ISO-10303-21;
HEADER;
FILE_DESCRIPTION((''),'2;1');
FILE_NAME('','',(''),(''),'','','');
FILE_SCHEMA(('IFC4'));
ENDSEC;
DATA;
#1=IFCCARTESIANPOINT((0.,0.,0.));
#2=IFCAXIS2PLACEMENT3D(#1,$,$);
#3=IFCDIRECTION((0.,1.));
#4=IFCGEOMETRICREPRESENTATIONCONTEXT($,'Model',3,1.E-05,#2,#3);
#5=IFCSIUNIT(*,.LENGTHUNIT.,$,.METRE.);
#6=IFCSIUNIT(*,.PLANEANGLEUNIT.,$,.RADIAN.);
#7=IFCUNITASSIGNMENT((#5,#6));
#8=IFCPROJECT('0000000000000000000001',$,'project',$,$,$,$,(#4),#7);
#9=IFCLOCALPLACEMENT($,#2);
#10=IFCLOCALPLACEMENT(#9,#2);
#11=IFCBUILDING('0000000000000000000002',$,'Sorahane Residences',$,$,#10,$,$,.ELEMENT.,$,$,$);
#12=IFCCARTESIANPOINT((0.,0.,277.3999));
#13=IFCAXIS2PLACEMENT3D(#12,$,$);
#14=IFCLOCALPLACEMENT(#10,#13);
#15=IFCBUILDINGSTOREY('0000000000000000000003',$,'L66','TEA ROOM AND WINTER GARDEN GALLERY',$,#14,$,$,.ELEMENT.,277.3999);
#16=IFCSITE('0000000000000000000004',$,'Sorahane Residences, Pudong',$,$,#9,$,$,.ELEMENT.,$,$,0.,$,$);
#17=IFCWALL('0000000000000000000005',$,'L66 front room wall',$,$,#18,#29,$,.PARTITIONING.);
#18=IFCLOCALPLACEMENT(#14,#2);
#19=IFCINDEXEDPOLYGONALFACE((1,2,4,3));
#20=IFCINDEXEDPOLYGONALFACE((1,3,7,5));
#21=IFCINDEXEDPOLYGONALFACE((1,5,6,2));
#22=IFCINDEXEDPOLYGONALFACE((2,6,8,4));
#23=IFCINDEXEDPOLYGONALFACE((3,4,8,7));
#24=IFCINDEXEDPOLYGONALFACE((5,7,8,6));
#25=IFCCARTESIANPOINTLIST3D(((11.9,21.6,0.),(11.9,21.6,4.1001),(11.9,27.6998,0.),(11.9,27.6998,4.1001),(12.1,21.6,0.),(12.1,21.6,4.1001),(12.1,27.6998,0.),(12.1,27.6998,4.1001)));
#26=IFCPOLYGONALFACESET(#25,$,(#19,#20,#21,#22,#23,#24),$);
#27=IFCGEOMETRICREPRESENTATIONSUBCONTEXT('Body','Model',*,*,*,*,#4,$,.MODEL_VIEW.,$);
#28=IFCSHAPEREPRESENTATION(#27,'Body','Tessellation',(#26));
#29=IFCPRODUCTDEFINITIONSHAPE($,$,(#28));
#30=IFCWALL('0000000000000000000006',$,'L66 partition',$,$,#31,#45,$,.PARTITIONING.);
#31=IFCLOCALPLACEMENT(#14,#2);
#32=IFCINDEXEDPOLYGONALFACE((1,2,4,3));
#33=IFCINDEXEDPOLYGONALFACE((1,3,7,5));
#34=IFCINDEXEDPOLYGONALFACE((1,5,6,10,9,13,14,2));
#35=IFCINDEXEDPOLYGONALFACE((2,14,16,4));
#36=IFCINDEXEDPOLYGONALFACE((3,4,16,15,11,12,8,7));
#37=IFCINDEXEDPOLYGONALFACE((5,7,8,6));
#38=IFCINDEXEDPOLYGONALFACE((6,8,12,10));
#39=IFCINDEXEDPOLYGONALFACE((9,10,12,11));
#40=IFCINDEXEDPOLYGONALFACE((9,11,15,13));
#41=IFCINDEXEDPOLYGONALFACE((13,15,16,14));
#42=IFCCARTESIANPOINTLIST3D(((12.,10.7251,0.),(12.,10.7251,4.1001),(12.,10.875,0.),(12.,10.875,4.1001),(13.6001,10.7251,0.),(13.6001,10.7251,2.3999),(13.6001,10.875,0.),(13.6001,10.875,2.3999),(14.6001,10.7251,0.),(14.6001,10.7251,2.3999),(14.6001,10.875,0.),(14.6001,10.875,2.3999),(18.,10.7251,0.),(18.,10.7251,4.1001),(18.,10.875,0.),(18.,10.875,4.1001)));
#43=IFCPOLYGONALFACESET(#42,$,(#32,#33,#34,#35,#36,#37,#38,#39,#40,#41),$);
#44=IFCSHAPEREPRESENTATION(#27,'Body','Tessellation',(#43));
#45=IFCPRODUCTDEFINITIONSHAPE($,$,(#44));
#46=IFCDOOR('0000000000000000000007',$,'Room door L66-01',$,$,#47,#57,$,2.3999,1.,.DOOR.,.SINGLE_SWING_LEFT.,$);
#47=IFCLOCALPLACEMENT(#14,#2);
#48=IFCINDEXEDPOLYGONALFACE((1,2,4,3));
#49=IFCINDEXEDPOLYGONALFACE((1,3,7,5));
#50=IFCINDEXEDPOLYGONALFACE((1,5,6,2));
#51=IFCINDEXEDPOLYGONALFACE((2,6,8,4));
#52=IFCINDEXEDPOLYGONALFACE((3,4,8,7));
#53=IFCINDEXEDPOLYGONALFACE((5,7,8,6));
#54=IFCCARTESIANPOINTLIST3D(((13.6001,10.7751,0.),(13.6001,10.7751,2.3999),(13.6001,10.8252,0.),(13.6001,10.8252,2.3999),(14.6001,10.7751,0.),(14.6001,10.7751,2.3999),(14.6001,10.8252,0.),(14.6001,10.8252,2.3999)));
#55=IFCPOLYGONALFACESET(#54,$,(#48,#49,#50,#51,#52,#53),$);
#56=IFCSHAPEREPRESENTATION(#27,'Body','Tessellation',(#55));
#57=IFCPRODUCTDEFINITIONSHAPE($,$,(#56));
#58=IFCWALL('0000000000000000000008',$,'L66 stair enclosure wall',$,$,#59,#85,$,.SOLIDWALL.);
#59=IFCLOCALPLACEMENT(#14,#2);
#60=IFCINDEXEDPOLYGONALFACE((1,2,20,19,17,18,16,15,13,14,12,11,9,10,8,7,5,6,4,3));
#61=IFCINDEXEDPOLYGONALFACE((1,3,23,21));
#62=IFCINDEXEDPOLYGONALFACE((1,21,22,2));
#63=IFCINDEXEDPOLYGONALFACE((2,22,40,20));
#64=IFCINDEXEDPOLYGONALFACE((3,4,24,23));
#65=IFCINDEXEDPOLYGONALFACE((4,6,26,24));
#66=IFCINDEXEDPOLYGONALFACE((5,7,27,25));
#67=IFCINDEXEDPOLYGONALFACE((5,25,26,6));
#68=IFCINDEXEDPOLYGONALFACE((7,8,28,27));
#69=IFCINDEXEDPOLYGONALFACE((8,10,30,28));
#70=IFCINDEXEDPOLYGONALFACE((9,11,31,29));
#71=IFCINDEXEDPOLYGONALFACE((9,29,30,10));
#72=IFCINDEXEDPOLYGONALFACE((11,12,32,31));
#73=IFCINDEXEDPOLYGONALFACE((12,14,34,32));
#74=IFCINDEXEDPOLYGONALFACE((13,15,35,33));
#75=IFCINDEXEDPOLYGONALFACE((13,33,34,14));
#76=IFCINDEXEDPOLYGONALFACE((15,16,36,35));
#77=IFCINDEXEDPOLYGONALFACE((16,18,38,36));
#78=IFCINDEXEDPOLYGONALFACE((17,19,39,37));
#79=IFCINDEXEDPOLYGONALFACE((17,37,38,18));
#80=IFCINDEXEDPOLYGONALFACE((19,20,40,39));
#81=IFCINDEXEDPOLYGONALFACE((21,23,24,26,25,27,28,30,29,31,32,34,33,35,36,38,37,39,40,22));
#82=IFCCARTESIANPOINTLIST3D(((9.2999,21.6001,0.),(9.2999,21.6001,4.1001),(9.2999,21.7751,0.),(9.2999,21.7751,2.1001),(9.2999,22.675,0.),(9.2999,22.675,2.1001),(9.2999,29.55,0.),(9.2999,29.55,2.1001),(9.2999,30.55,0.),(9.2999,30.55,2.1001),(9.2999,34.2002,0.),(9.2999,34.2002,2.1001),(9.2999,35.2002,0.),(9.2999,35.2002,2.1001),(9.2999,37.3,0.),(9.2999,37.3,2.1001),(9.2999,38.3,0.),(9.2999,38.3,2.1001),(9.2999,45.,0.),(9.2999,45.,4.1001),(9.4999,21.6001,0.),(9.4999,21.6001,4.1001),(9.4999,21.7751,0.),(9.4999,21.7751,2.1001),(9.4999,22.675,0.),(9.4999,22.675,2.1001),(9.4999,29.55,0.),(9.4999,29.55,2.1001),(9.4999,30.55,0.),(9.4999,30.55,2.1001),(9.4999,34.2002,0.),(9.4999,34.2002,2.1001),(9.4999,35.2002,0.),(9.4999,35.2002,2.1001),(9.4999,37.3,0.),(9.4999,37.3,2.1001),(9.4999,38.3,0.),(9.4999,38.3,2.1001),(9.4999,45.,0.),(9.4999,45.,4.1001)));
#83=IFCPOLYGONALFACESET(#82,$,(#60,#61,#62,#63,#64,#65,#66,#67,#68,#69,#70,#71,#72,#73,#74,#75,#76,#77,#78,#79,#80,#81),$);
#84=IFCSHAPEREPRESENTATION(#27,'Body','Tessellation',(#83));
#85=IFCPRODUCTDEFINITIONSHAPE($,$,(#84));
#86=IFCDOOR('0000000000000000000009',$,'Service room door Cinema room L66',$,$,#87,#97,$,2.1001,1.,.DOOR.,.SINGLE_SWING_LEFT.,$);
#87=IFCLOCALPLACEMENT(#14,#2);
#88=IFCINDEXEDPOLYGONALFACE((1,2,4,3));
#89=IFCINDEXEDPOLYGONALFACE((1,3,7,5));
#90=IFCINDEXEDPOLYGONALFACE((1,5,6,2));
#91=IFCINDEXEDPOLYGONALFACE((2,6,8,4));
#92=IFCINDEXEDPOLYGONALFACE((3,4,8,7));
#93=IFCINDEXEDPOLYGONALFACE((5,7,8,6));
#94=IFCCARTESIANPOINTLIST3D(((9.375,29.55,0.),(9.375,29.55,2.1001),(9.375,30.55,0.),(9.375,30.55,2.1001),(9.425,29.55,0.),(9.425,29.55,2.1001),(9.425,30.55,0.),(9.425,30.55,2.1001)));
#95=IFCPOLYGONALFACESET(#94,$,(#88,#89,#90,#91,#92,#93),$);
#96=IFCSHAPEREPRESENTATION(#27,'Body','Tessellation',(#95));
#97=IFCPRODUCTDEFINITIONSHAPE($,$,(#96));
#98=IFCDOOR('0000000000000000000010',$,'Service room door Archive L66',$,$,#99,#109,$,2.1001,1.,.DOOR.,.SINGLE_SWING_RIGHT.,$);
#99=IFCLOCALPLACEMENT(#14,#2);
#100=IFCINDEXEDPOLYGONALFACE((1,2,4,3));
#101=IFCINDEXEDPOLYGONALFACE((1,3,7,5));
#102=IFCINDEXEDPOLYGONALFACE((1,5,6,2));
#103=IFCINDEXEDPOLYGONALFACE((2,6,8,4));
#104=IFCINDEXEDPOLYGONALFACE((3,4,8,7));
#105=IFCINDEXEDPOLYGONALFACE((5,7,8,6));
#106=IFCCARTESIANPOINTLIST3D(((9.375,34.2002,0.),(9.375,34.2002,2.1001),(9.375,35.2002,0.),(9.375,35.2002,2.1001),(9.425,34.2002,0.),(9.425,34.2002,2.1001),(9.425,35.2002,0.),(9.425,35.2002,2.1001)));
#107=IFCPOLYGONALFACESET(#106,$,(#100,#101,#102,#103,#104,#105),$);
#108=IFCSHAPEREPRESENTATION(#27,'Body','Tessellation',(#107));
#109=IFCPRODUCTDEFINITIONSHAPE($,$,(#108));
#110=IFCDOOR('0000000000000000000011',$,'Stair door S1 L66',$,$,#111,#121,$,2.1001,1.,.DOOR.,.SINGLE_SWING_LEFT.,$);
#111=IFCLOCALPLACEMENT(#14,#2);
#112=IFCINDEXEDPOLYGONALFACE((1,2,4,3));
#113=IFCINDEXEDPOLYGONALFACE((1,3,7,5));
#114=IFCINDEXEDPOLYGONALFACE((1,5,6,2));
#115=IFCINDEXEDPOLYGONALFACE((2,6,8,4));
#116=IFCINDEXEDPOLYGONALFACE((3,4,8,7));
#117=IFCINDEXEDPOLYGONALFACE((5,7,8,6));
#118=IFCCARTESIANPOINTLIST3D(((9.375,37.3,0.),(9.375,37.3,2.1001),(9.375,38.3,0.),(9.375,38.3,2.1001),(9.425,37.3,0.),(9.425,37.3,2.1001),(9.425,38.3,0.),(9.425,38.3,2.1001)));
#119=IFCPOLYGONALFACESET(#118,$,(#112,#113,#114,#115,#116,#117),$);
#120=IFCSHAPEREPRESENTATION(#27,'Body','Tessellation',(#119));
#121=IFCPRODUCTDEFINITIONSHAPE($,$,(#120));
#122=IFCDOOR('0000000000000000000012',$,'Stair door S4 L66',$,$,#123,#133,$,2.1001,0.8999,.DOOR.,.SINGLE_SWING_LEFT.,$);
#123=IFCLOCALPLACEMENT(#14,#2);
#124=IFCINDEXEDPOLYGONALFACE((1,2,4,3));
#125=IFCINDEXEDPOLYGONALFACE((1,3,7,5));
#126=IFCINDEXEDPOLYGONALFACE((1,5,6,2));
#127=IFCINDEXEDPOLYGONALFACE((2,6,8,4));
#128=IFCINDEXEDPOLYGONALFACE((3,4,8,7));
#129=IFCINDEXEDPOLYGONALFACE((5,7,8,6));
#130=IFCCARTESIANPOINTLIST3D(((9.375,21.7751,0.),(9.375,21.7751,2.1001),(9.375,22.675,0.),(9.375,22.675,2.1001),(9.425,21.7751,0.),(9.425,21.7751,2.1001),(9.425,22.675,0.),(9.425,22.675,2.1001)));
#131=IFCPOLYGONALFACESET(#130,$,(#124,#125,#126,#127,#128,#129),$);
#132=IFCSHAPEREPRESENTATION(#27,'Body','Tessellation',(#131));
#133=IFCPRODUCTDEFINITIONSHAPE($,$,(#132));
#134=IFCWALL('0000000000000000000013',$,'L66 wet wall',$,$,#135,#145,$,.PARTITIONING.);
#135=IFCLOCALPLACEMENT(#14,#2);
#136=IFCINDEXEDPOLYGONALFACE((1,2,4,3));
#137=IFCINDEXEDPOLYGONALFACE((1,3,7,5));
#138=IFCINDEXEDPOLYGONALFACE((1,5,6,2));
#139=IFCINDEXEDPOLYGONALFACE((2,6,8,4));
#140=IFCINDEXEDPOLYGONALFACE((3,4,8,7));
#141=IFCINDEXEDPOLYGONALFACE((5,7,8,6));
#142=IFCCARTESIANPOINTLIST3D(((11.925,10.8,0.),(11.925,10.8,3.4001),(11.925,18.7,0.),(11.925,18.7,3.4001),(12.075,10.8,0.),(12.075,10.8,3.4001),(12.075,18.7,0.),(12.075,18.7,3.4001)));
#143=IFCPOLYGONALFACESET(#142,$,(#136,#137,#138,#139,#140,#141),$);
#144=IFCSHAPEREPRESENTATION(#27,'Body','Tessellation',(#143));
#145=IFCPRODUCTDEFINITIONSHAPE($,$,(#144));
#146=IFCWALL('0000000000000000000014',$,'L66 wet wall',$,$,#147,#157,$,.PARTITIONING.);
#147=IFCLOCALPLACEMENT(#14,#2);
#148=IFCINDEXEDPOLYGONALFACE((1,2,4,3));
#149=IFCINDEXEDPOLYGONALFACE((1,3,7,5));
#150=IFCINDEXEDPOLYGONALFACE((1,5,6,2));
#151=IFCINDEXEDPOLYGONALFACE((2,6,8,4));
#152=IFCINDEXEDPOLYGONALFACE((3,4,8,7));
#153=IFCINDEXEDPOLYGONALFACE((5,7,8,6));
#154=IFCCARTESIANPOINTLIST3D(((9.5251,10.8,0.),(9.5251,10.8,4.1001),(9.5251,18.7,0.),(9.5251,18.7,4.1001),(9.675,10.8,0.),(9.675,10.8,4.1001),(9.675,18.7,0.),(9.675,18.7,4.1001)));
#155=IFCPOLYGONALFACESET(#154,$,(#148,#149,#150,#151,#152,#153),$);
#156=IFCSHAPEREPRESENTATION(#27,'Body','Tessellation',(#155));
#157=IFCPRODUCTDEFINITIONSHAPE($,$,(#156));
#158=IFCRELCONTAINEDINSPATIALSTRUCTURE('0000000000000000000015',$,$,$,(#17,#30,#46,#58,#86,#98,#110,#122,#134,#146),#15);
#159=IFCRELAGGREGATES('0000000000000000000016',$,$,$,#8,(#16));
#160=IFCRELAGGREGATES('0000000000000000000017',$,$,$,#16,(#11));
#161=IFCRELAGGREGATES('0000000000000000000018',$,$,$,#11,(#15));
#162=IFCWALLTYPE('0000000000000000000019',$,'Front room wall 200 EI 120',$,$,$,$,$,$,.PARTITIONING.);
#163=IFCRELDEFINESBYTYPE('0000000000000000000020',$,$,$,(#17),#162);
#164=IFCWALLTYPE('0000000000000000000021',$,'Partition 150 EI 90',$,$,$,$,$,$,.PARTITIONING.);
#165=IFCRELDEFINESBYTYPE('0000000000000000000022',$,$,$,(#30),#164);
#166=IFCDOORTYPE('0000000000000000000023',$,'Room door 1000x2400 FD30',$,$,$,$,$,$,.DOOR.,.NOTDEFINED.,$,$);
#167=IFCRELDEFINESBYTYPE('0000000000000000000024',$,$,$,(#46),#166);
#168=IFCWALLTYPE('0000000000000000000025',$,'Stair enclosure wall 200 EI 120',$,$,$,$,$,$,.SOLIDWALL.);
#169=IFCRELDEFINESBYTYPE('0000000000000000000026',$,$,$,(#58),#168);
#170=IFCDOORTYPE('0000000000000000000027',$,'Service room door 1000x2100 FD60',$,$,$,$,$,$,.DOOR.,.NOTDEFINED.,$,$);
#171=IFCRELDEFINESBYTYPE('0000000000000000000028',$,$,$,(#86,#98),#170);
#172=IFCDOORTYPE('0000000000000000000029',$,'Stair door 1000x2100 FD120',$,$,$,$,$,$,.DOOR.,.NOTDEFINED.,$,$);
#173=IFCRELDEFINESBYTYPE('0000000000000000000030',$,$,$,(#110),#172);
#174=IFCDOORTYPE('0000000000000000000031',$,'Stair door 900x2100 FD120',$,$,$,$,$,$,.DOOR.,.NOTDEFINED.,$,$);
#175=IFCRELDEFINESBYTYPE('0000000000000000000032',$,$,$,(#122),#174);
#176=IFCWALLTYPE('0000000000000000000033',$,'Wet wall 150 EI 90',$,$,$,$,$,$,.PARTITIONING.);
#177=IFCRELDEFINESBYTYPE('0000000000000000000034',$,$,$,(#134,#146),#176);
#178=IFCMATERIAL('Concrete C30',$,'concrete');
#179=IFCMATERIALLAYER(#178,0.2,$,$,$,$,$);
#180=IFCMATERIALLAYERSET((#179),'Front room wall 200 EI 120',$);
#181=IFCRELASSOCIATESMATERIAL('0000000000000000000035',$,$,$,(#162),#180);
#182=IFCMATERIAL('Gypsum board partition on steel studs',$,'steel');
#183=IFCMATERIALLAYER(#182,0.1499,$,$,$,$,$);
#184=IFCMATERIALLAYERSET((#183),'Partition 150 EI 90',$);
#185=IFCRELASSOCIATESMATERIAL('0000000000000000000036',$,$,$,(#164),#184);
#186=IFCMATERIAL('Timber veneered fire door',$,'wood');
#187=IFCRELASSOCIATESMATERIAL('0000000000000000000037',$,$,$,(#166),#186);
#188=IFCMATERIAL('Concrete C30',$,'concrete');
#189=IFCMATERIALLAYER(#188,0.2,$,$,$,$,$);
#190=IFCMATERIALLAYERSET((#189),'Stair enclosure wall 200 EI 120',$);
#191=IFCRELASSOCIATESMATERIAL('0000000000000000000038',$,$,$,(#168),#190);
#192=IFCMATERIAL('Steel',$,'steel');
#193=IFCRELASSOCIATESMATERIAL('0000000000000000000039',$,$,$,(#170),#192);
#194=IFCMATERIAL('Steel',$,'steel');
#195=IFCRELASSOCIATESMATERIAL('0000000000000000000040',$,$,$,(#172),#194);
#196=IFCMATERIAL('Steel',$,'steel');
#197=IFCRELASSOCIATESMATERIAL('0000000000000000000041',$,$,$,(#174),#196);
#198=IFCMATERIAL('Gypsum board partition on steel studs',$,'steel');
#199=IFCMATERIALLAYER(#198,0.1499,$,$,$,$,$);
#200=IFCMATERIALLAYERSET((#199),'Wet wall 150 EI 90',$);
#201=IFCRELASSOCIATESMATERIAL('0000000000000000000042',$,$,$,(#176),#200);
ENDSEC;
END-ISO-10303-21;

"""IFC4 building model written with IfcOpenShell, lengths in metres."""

from ifc_helpers import new_model, si_unit, direction, frame, frame_2d, origin, place, context, subcontext, project, spatial, rectangle, extrude, material, layer, layer_set, type_object, element, fill, save


model = new_model("IFC4")

# Units and contexts
model_context = context("Model", 3, precision=1e-05, world=origin(), true_north=direction((0.0, 1.0)))
body_context = subcontext(model_context, "Body", "Model", "MODEL_VIEW")
ifc_project = project(units=[si_unit("LENGTHUNIT", "METRE"), si_unit("PLANEANGLEUNIT", "RADIAN")], contexts=[model_context])

# Site, building, storey
site_placement = place(None, origin())
site = spatial("IfcSite", under=ifc_project, at=site_placement, Name="Sorahane Residences, Pudong", CompositionType="ELEMENT", RefElevation=0.0)
building_placement = place(site_placement, origin())
building = spatial("IfcBuilding", under=site, at=building_placement, Name="Sorahane Residences", CompositionType="ELEMENT")
storey_placement = place(building_placement, frame((0.0, 0.0, 277.3999)))
storey = spatial("IfcBuildingStorey", under=building, at=storey_placement, Name="L66", Description="TEA ROOM AND WINTER GARDEN GALLERY", CompositionType="ELEMENT", Elevation=277.3999)

# Wall
ifc_material_1 = material(Name="Concrete C30", Category="concrete")
ifc_layer_1 = layer(ifc_material_1, 0.2)
ifc_layer_set_1 = layer_set([ifc_layer_1], Name="Front room wall 200 EI 120")
wall_type_1 = type_object("IfcWallType", Name="Front room wall 200 EI 120", PredefinedType="PARTITIONING", material=ifc_layer_set_1)
wall_1_placement = place(storey_placement, frame((12.0, 21.6001, 0.0), z_axis=(0.0, 0.0, 1.0), x_axis=(0.0, 1.0, 0.0)))
element("IfcWall", 1, at=wall_1_placement, inside=storey, type_object=wall_type_1, Name="L66 front room wall", PredefinedType="PARTITIONING", context=body_context, shape_type="SweptSolid", body=[
    extrude(rectangle(XDim=6.0999, YDim=0.2, at=frame_2d((3.0498, 0.0))), origin(), (0.0, 0.0, 1.0), 4.1001),
])

# Wall, opening, door
ifc_material_2 = material(Name="Gypsum board partition on steel studs", Category="steel")
ifc_layer_2 = layer(ifc_material_2, 0.1499)
ifc_layer_set_2 = layer_set([ifc_layer_2], Name="Partition 150 EI 90")
wall_type_2 = type_object("IfcWallType", Name="Partition 150 EI 90", PredefinedType="PARTITIONING", material=ifc_layer_set_2)
wall_2_placement = place(storey_placement, frame((12.0, 10.8, 0.0), z_axis=(0.0, 0.0, 1.0), x_axis=(1.0, 0.0, 0.0)))
wall_2 = element("IfcWall", 2, at=wall_2_placement, inside=storey, type_object=wall_type_2, Name="L66 partition", PredefinedType="PARTITIONING", context=body_context, shape_type="SweptSolid", body=[
    extrude(rectangle(XDim=6.0, YDim=0.1499, at=frame_2d((3.0, 0.0))), origin(), (0.0, 0.0, 1.0), 4.1001),
])
opening_1_placement = place(wall_2_placement, frame((1.6001, 0.0, 0.0)))
opening_1 = element("IfcOpeningElement", 3, at=opening_1_placement, cuts=wall_2, PredefinedType="OPENING", context=body_context, shape_type="SweptSolid", body=[
    extrude(rectangle(XDim=1.0, YDim=2.3999, at=frame_2d((0.5, 1.2))), frame((0.0, 0.085, 0.0), z_axis=(0.0, -1.0, 0.0), x_axis=(1.0, 0.0, 0.0)), (0.0, 0.0, 1.0), 0.1699),
])
ifc_material_3 = material(Name="Timber veneered fire door", Category="wood")
door_type_1 = type_object("IfcDoorType", Name="Room door 1000x2400 FD30", OperationType="NOTDEFINED", PredefinedType="DOOR", material=ifc_material_3)
door_1_placement = place(opening_1_placement, frame((1.0, 0.0, 0.0), z_axis=(0.0, 0.0, 1.0), x_axis=(-1.0, 0.0, 0.0)))
door_1 = element("IfcDoor", 4, at=door_1_placement, inside=storey, type_object=door_type_1, Name="Room door L66-01", OperationType="SINGLE_SWING_LEFT", OverallHeight=2.3999, OverallWidth=1.0, PredefinedType="DOOR", context=body_context, shape_type="SweptSolid", body=[
    extrude(rectangle(XDim=1.0, YDim=2.3999, at=frame_2d((0.5, 1.2))), frame((0.0, 0.0249, 0.0), z_axis=(0.0, -1.0, 0.0), x_axis=(1.0, 0.0, 0.0)), (0.0, 0.0, 1.0), 0.05),
])
fill(opening_1, door_1)

# Wall, openings, doors
ifc_material_4 = material(Name="Concrete C30", Category="concrete")
ifc_layer_3 = layer(ifc_material_4, 0.2)
ifc_layer_set_3 = layer_set([ifc_layer_3], Name="Stair enclosure wall 200 EI 120")
wall_type_3 = type_object("IfcWallType", Name="Stair enclosure wall 200 EI 120", PredefinedType="SOLIDWALL", material=ifc_layer_set_3)
wall_3_placement = place(storey_placement, frame((9.3999, 21.6001, 0.0), z_axis=(0.0, 0.0, 1.0), x_axis=(0.0, 1.0, 0.0)))
wall_3 = element("IfcWall", 5, at=wall_3_placement, inside=storey, type_object=wall_type_3, Name="L66 stair enclosure wall", PredefinedType="SOLIDWALL", context=body_context, shape_type="SweptSolid", body=[
    extrude(rectangle(XDim=23.3999, YDim=0.2, at=frame_2d((11.7, 0.0))), origin(), (0.0, 0.0, 1.0), 4.1001),
])
opening_2_placement = place(wall_3_placement, frame((7.95, 0.0, 0.0)))
opening_2 = element("IfcOpeningElement", 6, at=opening_2_placement, cuts=wall_3, PredefinedType="OPENING", context=body_context, shape_type="SweptSolid", body=[
    extrude(rectangle(XDim=1.0, YDim=2.1001, at=frame_2d((0.5, 1.05))), frame((0.0, 0.1099, 0.0), z_axis=(0.0, -1.0, 0.0), x_axis=(1.0, 0.0, 0.0)), (0.0, 0.0, 1.0), 0.22),
])
opening_3_placement = place(wall_3_placement, frame((12.6001, 0.0, 0.0)))
opening_3 = element("IfcOpeningElement", 7, at=opening_3_placement, cuts=wall_3, PredefinedType="OPENING", context=body_context, shape_type="SweptSolid", body=[
    extrude(rectangle(XDim=1.0, YDim=2.1001, at=frame_2d((0.5, 1.05))), frame((0.0, 0.1099, 0.0), z_axis=(0.0, -1.0, 0.0), x_axis=(1.0, 0.0, 0.0)), (0.0, 0.0, 1.0), 0.22),
])
opening_4_placement = place(wall_3_placement, frame((15.7, 0.0, 0.0)))
opening_4 = element("IfcOpeningElement", 8, at=opening_4_placement, cuts=wall_3, PredefinedType="OPENING", context=body_context, shape_type="SweptSolid", body=[
    extrude(rectangle(XDim=1.0, YDim=2.1001, at=frame_2d((0.5, 1.05))), frame((0.0, 0.1099, 0.0), z_axis=(0.0, -1.0, 0.0), x_axis=(1.0, 0.0, 0.0)), (0.0, 0.0, 1.0), 0.22),
])
opening_5_placement = place(wall_3_placement, frame((0.175, 0.0, 0.0)))
opening_5 = element("IfcOpeningElement", 9, at=opening_5_placement, cuts=wall_3, PredefinedType="OPENING", context=body_context, shape_type="SweptSolid", body=[
    extrude(rectangle(XDim=0.8999, YDim=2.1001, at=frame_2d((0.45, 1.05))), frame((0.0, 0.1099, 0.0), z_axis=(0.0, -1.0, 0.0), x_axis=(1.0, 0.0, 0.0)), (0.0, 0.0, 1.0), 0.22),
])
ifc_material_5 = material(Name="Steel", Category="steel")
door_type_2 = type_object("IfcDoorType", Name="Service room door 1000x2100 FD60", OperationType="NOTDEFINED", PredefinedType="DOOR", material=ifc_material_5)
door_2_placement = place(opening_2_placement, origin())
door_2 = element("IfcDoor", 10, at=door_2_placement, inside=storey, type_object=door_type_2, Name="Service room door Cinema room L66", OperationType="SINGLE_SWING_LEFT", OverallHeight=2.1001, OverallWidth=1.0, PredefinedType="DOOR", context=body_context, shape_type="SweptSolid", body=[
    extrude(rectangle(XDim=1.0, YDim=2.1001, at=frame_2d((0.5, 1.05))), frame((0.0, 0.0249, 0.0), z_axis=(0.0, -1.0, 0.0), x_axis=(1.0, 0.0, 0.0)), (0.0, 0.0, 1.0), 0.05),
])
fill(opening_2, door_2)
door_3_placement = place(opening_3_placement, origin())
door_3 = element("IfcDoor", 11, at=door_3_placement, inside=storey, type_object=door_type_2, Name="Service room door Archive L66", OperationType="SINGLE_SWING_RIGHT", OverallHeight=2.1001, OverallWidth=1.0, PredefinedType="DOOR", context=body_context, shape_type="SweptSolid", body=[
    extrude(rectangle(XDim=1.0, YDim=2.1001, at=frame_2d((0.5, 1.05))), frame((0.0, 0.0249, 0.0), z_axis=(0.0, -1.0, 0.0), x_axis=(1.0, 0.0, 0.0)), (0.0, 0.0, 1.0), 0.05),
])
fill(opening_3, door_3)
ifc_material_6 = material(Name="Steel", Category="steel")
door_type_3 = type_object("IfcDoorType", Name="Stair door 1000x2100 FD120", OperationType="NOTDEFINED", PredefinedType="DOOR", material=ifc_material_6)
door_4_placement = place(opening_4_placement, origin())
door_4 = element("IfcDoor", 12, at=door_4_placement, inside=storey, type_object=door_type_3, Name="Stair door S1 L66", OperationType="SINGLE_SWING_LEFT", OverallHeight=2.1001, OverallWidth=1.0, PredefinedType="DOOR", context=body_context, shape_type="SweptSolid", body=[
    extrude(rectangle(XDim=1.0, YDim=2.1001, at=frame_2d((0.5, 1.05))), frame((0.0, 0.0249, 0.0), z_axis=(0.0, -1.0, 0.0), x_axis=(1.0, 0.0, 0.0)), (0.0, 0.0, 1.0), 0.05),
])
fill(opening_4, door_4)
ifc_material_7 = material(Name="Steel", Category="steel")
door_type_4 = type_object("IfcDoorType", Name="Stair door 900x2100 FD120", OperationType="NOTDEFINED", PredefinedType="DOOR", material=ifc_material_7)
door_5_placement = place(opening_5_placement, origin())
door_5 = element("IfcDoor", 13, at=door_5_placement, inside=storey, type_object=door_type_4, Name="Stair door S4 L66", OperationType="SINGLE_SWING_LEFT", OverallHeight=2.1001, OverallWidth=0.8999, PredefinedType="DOOR", context=body_context, shape_type="SweptSolid", body=[
    extrude(rectangle(XDim=0.8999, YDim=2.1001, at=frame_2d((0.45, 1.05))), frame((0.0, 0.0249, 0.0), z_axis=(0.0, -1.0, 0.0), x_axis=(1.0, 0.0, 0.0)), (0.0, 0.0, 1.0), 0.05),
])
fill(opening_5, door_5)

# Walls
ifc_material_8 = material(Name="Gypsum board partition on steel studs", Category="steel")
ifc_layer_4 = layer(ifc_material_8, 0.1499)
ifc_layer_set_4 = layer_set([ifc_layer_4], Name="Wet wall 150 EI 90")
wall_type_4 = type_object("IfcWallType", Name="Wet wall 150 EI 90", PredefinedType="PARTITIONING", material=ifc_layer_set_4)
wall_4_placement = place(storey_placement, frame((12.0, 10.8, 0.0), z_axis=(0.0, 0.0, 1.0), x_axis=(0.0, 1.0, 0.0)))
element("IfcWall", 14, at=wall_4_placement, inside=storey, type_object=wall_type_4, Name="L66 wet wall", PredefinedType="PARTITIONING", context=body_context, shape_type="SweptSolid", body=[
    extrude(rectangle(XDim=7.8999, YDim=0.1499, at=frame_2d((3.95, 0.0))), origin(), (0.0, 0.0, 1.0), 3.4001),
])
wall_5_placement = place(storey_placement, frame((9.6001, 10.8, 0.0), z_axis=(0.0, 0.0, 1.0), x_axis=(0.0, 1.0, 0.0)))
element("IfcWall", 15, at=wall_5_placement, inside=storey, type_object=wall_type_4, Name="L66 wet wall", PredefinedType="PARTITIONING", context=body_context, shape_type="SweptSolid", body=[
    extrude(rectangle(XDim=7.8999, YDim=0.1499, at=frame_2d((3.95, 0.0))), origin(), (0.0, 0.0, 1.0), 4.1001),
])

save(model, "model.ifc")
